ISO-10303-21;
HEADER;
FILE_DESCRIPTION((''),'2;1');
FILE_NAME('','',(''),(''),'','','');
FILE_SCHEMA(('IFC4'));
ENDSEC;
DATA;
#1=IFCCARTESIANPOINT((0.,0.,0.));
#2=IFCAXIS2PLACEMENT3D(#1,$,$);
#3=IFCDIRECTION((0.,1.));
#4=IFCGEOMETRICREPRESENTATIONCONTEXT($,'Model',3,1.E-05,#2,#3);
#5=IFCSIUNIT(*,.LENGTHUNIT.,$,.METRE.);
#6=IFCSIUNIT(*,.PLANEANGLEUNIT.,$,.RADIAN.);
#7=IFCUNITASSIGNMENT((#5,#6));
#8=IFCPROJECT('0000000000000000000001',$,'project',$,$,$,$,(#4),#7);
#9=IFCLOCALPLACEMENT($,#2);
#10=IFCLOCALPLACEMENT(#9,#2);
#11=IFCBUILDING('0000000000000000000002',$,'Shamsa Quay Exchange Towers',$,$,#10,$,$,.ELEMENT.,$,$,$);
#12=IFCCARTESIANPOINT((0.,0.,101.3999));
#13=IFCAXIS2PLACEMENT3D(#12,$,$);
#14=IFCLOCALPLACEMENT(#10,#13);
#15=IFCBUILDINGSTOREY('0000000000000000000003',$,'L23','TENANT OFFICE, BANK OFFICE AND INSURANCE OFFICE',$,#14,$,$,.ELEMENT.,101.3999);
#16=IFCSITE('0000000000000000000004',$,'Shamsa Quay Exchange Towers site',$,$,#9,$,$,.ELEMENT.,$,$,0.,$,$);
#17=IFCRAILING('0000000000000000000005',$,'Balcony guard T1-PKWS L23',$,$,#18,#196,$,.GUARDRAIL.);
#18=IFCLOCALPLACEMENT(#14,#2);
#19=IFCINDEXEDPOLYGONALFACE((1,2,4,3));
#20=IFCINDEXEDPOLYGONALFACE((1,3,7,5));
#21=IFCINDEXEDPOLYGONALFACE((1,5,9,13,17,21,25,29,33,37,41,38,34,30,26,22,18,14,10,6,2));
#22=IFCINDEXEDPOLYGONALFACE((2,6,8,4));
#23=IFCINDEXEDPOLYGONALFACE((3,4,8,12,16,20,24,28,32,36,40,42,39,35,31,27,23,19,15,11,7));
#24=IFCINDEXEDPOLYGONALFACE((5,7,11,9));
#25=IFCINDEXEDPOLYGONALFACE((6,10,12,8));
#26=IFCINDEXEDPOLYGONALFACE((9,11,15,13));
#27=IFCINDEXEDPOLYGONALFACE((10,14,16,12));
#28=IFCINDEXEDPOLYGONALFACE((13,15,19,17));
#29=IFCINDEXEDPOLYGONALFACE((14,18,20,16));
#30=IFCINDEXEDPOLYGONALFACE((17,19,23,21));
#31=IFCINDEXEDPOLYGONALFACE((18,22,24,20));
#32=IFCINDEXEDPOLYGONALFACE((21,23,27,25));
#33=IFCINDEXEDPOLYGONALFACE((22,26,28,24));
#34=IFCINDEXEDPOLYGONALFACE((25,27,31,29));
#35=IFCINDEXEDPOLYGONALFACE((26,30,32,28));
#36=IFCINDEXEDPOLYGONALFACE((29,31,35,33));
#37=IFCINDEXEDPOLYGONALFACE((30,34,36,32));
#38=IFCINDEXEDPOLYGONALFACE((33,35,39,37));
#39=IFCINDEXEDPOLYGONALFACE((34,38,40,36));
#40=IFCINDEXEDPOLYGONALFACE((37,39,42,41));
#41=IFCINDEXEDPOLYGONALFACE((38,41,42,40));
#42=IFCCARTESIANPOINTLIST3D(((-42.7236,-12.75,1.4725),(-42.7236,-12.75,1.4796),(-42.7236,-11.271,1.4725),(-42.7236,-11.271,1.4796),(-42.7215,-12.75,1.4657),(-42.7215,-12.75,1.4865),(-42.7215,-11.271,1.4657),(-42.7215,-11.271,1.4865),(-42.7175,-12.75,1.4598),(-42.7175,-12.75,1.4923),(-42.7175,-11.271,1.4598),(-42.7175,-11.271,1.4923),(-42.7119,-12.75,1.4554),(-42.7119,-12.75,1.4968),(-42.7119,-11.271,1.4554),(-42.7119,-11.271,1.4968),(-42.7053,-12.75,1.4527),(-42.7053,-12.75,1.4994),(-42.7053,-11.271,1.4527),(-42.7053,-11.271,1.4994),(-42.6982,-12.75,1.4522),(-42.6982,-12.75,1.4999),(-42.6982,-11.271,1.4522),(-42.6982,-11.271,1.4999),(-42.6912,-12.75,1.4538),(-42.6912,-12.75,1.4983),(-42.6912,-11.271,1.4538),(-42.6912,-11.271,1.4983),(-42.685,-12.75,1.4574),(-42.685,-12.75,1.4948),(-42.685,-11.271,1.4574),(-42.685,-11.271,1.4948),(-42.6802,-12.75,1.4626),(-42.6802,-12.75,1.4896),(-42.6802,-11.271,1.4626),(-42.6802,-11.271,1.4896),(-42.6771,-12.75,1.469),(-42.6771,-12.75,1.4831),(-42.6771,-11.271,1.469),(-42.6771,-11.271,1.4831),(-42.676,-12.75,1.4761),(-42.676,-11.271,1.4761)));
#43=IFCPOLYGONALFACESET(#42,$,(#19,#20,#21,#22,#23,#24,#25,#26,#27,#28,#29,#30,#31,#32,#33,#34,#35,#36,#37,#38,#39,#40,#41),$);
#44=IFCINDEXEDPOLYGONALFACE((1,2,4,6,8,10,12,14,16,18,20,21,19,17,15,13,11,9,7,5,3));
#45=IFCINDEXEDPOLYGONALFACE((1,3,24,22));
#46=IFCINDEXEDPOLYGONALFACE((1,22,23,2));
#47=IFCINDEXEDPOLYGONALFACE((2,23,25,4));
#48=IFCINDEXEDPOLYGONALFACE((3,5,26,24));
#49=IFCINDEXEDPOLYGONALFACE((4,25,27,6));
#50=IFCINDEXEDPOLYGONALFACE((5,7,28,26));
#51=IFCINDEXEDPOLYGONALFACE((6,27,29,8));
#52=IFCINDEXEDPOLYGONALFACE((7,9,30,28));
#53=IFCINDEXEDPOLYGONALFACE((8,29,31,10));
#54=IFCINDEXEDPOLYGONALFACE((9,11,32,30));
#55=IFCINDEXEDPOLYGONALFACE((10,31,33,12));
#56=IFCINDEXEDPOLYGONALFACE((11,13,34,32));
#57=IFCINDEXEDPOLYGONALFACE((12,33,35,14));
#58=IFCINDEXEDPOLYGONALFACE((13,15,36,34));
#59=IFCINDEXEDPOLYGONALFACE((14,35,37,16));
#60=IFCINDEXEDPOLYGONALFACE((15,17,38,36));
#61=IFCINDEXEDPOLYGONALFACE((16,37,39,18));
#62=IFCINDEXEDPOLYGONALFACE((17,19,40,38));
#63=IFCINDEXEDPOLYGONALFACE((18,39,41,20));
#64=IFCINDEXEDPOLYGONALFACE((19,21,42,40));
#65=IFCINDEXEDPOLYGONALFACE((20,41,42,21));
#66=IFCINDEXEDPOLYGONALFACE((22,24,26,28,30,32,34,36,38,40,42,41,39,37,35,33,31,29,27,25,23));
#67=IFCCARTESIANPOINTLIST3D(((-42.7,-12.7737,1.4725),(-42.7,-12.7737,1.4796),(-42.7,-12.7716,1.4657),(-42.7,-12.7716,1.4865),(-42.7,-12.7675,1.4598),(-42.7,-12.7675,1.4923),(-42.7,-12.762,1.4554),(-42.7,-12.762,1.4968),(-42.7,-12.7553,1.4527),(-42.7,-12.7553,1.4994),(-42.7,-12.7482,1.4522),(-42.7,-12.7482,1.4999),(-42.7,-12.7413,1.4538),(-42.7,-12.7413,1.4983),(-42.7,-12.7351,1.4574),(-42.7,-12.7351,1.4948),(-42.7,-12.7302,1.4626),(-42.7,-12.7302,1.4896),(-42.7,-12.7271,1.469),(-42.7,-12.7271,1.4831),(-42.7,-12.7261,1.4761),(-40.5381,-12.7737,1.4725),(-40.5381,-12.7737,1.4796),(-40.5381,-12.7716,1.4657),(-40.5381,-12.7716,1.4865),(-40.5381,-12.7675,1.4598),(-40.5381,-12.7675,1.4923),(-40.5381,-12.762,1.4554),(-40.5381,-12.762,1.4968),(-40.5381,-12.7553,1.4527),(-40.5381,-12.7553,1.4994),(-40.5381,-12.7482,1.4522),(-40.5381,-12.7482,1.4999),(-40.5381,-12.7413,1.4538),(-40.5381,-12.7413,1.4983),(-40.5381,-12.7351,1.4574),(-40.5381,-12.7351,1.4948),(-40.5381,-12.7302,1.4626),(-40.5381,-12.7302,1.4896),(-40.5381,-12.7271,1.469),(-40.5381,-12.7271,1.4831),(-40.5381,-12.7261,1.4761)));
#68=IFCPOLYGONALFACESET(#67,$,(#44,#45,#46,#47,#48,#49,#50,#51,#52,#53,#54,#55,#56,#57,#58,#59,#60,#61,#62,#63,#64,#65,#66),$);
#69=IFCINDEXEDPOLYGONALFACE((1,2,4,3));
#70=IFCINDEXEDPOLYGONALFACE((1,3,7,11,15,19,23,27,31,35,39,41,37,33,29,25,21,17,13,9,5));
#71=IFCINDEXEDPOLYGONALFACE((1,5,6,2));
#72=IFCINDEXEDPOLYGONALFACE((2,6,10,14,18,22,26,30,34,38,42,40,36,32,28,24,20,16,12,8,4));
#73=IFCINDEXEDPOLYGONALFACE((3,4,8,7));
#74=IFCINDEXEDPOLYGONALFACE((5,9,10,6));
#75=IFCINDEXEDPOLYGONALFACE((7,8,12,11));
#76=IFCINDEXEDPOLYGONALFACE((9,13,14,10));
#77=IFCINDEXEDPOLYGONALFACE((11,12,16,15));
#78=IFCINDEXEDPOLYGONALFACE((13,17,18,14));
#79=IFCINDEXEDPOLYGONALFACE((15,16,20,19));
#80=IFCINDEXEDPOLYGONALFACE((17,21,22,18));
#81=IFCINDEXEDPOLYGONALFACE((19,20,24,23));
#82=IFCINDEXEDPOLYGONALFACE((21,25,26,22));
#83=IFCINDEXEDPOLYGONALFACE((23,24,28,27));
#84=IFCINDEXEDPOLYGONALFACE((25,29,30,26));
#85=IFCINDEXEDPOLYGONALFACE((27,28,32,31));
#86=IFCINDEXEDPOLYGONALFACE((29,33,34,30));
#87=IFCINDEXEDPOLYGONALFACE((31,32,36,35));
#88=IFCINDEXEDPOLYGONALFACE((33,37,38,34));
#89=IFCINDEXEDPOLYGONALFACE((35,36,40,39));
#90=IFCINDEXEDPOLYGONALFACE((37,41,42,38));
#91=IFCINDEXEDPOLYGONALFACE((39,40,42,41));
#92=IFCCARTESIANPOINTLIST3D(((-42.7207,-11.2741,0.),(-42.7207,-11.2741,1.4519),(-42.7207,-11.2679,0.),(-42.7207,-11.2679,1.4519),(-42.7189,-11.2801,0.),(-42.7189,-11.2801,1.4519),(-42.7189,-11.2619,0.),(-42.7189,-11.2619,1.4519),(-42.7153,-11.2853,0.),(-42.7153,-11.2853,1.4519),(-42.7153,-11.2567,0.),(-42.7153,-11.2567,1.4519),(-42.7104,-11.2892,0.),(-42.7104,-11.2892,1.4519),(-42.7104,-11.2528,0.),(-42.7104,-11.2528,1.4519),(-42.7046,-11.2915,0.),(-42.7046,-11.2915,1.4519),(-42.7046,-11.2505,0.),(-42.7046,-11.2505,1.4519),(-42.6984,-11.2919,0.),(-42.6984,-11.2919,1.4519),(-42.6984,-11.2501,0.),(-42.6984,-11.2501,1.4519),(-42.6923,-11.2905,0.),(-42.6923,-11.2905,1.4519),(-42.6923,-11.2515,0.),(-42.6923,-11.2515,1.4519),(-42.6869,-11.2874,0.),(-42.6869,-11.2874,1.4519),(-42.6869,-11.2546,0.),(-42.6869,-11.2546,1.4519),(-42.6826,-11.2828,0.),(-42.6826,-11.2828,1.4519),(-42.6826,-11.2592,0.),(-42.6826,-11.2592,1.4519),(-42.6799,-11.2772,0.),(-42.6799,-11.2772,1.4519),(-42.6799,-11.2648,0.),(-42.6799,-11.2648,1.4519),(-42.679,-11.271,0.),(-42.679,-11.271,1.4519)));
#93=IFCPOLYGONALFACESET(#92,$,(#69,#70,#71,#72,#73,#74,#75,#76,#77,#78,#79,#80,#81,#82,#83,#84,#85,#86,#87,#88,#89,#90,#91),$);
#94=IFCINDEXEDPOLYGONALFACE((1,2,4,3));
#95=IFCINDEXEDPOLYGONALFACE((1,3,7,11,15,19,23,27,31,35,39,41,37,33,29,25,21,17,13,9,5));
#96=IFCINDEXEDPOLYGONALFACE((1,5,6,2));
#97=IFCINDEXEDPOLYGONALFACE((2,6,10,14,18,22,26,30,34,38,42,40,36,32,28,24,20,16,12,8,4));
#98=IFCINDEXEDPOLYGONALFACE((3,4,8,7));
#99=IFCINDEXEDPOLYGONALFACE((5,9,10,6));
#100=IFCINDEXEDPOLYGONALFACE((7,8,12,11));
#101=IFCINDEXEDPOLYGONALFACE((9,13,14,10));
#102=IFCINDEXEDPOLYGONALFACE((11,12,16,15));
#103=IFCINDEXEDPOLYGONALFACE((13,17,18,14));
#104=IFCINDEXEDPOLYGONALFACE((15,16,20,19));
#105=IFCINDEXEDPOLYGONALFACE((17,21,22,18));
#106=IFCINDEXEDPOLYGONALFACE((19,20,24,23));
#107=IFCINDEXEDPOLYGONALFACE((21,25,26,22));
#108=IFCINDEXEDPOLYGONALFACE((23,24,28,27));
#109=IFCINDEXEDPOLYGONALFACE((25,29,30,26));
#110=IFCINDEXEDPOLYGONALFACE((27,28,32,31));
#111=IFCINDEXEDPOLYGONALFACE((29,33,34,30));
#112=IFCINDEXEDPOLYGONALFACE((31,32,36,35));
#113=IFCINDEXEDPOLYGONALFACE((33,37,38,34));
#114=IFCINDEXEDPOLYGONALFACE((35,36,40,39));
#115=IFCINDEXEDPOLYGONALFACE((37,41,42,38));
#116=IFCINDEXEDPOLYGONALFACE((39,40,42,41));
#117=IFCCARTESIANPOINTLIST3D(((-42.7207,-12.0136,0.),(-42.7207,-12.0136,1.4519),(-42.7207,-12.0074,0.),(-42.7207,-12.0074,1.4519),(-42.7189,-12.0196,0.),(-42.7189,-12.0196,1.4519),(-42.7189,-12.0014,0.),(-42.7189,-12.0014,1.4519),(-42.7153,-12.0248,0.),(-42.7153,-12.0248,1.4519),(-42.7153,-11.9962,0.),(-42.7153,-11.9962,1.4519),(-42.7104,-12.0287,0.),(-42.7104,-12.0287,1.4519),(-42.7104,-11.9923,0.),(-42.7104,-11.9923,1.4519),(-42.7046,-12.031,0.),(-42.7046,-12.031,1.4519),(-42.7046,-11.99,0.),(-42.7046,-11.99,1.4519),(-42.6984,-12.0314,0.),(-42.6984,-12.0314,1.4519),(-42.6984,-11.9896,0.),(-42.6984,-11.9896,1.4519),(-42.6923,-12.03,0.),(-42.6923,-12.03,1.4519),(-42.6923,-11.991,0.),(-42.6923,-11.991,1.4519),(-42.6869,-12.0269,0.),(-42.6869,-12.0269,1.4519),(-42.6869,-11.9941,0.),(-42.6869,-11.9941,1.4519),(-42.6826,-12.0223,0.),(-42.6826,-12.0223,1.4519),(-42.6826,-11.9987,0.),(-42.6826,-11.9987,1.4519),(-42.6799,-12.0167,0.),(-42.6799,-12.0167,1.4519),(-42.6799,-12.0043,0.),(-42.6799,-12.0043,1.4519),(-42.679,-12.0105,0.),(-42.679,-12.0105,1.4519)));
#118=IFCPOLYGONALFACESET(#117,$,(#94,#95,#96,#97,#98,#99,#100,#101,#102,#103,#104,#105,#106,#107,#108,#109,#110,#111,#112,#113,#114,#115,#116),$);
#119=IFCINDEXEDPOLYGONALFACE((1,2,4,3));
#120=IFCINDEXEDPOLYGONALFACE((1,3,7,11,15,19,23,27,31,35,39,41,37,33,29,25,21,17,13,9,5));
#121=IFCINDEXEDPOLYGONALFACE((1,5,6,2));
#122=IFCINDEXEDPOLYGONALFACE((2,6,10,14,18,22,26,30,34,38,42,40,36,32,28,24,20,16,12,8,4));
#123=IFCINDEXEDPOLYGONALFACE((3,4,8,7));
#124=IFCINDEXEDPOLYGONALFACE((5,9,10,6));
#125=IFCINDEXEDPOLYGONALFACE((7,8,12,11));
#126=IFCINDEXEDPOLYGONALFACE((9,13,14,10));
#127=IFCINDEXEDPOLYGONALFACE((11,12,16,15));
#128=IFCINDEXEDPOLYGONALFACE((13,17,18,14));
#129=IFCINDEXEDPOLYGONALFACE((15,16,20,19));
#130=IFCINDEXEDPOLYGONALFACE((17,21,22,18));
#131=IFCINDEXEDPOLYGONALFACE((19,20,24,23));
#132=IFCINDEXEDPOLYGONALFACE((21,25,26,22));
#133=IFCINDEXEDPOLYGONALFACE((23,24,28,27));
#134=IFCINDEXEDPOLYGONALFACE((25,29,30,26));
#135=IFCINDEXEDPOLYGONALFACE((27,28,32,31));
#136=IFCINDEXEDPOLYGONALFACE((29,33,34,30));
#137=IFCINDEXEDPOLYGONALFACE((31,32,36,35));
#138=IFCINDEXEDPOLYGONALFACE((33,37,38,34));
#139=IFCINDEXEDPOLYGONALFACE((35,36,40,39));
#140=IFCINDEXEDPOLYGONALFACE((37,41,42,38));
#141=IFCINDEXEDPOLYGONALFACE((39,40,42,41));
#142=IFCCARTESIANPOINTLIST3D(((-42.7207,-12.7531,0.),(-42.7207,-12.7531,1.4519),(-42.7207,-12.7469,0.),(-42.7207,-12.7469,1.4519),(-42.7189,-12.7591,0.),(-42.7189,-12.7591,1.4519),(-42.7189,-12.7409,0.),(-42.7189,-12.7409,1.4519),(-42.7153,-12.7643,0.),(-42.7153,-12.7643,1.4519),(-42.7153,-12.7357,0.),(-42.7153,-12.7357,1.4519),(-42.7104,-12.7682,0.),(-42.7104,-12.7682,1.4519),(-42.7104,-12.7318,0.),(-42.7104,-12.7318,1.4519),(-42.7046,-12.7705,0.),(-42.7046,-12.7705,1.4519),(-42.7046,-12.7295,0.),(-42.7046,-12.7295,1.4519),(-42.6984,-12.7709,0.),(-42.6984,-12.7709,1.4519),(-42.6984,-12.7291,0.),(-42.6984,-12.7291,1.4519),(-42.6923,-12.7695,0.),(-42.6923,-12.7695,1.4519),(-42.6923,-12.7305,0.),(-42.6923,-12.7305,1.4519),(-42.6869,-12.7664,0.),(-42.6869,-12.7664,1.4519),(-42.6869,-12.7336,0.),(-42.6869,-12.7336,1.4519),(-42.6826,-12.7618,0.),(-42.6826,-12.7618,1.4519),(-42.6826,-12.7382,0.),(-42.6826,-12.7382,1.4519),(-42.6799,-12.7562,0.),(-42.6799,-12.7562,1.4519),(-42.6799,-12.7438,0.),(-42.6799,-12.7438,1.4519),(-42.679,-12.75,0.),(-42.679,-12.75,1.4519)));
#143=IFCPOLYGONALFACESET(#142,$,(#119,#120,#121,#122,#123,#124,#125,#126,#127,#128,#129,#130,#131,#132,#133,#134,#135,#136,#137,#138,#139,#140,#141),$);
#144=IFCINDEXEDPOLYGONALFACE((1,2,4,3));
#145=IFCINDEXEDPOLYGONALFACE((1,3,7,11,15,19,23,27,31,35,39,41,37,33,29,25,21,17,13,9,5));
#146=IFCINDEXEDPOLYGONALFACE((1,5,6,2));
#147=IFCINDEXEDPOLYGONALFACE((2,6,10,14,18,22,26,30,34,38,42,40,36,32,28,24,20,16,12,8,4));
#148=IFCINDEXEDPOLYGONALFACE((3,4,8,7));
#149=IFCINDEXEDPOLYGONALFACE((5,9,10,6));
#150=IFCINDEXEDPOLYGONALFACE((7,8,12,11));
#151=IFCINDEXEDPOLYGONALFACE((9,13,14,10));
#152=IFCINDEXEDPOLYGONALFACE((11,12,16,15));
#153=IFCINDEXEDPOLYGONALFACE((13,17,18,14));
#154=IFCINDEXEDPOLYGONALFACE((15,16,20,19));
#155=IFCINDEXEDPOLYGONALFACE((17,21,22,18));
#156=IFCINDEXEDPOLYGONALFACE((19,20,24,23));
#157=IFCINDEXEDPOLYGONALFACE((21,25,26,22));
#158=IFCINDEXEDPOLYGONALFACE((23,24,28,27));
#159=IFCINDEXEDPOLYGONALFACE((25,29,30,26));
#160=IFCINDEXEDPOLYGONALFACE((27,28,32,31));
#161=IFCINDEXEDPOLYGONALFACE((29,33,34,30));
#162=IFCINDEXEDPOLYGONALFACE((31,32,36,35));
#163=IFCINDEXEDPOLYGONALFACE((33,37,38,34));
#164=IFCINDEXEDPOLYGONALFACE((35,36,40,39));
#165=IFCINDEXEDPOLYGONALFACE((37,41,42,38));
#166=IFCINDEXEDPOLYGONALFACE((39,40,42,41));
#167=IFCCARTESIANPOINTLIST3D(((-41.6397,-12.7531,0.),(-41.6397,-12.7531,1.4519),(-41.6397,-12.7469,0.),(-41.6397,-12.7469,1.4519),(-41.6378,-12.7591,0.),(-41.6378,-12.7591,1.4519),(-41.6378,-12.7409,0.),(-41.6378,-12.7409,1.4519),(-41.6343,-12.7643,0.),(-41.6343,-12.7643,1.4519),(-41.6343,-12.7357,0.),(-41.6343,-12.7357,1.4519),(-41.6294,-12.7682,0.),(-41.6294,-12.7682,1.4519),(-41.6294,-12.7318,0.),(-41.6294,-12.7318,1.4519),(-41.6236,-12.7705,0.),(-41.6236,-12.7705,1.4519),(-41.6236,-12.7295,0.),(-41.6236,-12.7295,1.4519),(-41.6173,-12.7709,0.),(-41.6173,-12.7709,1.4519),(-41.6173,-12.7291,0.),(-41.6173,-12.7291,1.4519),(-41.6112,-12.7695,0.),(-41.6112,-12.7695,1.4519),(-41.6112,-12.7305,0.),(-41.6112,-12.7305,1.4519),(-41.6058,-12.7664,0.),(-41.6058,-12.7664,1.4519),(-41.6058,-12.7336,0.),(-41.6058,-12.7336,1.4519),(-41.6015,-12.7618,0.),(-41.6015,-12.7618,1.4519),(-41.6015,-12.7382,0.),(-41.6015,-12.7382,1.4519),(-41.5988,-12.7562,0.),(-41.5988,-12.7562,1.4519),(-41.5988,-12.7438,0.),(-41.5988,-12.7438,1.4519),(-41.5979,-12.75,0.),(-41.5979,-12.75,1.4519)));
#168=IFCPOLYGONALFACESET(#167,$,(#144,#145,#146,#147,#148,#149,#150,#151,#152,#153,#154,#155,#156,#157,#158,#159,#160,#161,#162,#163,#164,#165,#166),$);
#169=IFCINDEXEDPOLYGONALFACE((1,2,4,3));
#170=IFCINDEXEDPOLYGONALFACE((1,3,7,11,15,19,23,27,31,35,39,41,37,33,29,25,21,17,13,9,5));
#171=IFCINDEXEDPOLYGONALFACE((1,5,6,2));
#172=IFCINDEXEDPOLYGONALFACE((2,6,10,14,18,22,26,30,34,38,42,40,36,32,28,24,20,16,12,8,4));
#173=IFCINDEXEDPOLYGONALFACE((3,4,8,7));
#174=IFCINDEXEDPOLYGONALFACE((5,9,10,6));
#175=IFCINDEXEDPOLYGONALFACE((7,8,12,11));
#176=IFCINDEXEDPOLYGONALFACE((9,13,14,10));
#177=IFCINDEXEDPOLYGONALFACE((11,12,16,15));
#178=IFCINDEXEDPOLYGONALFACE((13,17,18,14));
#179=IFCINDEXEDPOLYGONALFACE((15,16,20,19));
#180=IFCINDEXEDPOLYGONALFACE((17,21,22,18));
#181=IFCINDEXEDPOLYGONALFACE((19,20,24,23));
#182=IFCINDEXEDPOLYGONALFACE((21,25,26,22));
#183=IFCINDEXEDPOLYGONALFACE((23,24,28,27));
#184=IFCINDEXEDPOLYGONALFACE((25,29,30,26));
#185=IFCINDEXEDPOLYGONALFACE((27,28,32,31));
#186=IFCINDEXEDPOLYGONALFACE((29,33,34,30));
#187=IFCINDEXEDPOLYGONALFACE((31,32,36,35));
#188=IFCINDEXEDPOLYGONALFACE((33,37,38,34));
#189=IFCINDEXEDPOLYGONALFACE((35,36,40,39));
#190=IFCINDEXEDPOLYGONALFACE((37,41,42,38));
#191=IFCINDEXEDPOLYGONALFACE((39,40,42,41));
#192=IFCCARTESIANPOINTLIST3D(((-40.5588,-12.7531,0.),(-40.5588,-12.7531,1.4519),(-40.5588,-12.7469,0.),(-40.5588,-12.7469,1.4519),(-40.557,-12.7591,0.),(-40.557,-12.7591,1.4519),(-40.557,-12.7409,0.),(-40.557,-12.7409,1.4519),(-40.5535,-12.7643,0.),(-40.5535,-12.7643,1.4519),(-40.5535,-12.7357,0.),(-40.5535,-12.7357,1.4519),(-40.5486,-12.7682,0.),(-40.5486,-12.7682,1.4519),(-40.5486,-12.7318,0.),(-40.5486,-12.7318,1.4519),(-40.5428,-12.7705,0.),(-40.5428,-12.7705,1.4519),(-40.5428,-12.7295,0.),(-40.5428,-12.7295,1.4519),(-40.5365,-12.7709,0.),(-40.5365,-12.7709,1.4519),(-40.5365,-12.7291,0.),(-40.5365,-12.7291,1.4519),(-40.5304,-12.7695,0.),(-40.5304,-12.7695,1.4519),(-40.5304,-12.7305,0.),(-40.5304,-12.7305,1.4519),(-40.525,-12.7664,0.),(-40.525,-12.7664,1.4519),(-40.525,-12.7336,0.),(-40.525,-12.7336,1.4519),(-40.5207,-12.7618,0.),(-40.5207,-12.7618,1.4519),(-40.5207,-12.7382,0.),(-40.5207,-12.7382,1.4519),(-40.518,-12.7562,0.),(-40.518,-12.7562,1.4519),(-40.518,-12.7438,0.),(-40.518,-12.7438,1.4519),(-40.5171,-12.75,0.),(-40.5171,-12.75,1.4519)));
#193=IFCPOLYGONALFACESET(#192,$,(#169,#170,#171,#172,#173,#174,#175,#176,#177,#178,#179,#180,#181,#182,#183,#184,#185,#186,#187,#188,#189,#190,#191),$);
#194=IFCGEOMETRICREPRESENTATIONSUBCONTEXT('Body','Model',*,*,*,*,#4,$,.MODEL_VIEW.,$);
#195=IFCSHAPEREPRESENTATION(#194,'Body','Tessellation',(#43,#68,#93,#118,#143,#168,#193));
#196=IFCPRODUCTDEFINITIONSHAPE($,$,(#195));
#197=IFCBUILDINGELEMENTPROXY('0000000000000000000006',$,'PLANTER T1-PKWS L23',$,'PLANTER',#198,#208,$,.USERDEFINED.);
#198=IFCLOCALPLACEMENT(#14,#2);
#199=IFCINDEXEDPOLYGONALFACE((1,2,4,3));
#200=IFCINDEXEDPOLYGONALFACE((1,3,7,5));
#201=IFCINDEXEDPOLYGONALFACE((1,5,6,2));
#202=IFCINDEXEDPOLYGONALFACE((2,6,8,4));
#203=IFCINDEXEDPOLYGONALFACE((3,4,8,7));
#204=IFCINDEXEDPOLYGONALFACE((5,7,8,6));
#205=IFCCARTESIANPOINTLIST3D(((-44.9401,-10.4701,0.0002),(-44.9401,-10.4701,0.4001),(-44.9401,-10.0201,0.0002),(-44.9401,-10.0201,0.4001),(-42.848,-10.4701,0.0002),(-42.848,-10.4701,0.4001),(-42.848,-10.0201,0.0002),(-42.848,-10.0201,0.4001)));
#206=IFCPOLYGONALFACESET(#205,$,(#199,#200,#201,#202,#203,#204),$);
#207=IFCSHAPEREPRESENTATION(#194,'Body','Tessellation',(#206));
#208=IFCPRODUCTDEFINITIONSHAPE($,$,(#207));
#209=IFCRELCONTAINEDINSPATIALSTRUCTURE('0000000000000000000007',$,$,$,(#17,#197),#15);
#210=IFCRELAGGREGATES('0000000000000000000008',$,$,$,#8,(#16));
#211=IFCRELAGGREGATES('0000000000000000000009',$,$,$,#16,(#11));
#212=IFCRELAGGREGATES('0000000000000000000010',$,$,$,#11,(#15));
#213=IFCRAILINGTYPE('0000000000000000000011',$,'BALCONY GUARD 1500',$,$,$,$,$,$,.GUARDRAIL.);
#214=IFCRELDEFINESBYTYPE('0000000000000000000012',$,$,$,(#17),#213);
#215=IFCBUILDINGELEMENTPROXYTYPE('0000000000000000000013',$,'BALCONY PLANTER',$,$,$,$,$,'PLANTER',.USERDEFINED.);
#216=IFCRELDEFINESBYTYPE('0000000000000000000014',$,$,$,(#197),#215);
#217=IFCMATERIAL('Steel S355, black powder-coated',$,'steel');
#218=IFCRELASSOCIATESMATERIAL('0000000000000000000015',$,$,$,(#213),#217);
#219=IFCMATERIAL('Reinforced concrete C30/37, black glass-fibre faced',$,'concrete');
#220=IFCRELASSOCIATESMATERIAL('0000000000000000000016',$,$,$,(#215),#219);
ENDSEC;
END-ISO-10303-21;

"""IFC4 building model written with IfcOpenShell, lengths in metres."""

from ifc_helpers import new_model, si_unit, direction, frame, origin, origin_2d, place, context, subcontext, project, spatial, rectangle, circle, extrude, material, type_object, element, save


model = new_model("IFC4")

# Units and contexts
model_context = context("Model", 3, precision=1e-05, world=origin(), true_north=direction((0.0, 1.0)))
body_context = subcontext(model_context, "Body", "Model", "MODEL_VIEW")
ifc_project = project(units=[si_unit("LENGTHUNIT", "METRE"), si_unit("PLANEANGLEUNIT", "RADIAN")], contexts=[model_context])

# Site, building, storey
site_placement = place(None, origin())
site = spatial("IfcSite", under=ifc_project, at=site_placement, Name="Shamsa Quay Exchange Towers site", CompositionType="ELEMENT", RefElevation=0.0)
building_placement = place(site_placement, origin())
building = spatial("IfcBuilding", under=site, at=building_placement, Name="Shamsa Quay Exchange Towers", CompositionType="ELEMENT")
storey_placement = place(building_placement, frame((0.0, 0.0, 101.3999)))
storey = spatial("IfcBuildingStorey", under=building, at=storey_placement, Name="L23", Description="TENANT OFFICE, BANK OFFICE AND INSURANCE OFFICE", CompositionType="ELEMENT", Elevation=101.3999)

# Railing
ifc_material_1 = material(Name="Steel S355, black powder-coated", Category="steel")
railing_type_1 = type_object("IfcRailingType", Name="BALCONY GUARD 1500", PredefinedType="GUARDRAIL", material=ifc_material_1)
for number, where, name in (
    (1, (-42.7, -11.271, 0.0), "Balcony guard T1-PKWS L23"),
):
    element("IfcRailing", number, at=place(storey_placement, frame(where)), inside=storey, type_object=railing_type_1, Name=name, PredefinedType="GUARDRAIL", context=body_context, shape_type="SweptSolid", body=[
        extrude(circle(Radius=0.0239, at=origin_2d()), frame((0.0, 0.0, 1.4761), z_axis=(0.0, -1.0, 0.0), x_axis=(1.0, 0.0, 0.0)), (0.0, 0.0, 1.0), 1.479),
        extrude(circle(Radius=0.0239, at=origin_2d()), frame((0.0, -1.479, 1.4761), z_axis=(1.0, 0.0, 0.0), x_axis=(0.0, 1.0, 0.0)), (0.0, 0.0, 1.0), 2.1619),
        extrude(circle(Radius=0.021, at=origin_2d()), origin(), (0.0, 0.0, 1.0), 1.4519),
        extrude(circle(Radius=0.021, at=origin_2d()), frame((0.0, -0.7395, 0.0)), (0.0, 0.0, 1.0), 1.4519),
        extrude(circle(Radius=0.021, at=origin_2d()), frame((0.0, -1.479, 0.0)), (0.0, 0.0, 1.0), 1.4519),
        extrude(circle(Radius=0.021, at=origin_2d()), frame((1.0811, -1.479, 0.0)), (0.0, 0.0, 1.0), 1.4519),
        extrude(circle(Radius=0.021, at=origin_2d()), frame((2.1619, -1.479, 0.0)), (0.0, 0.0, 1.0), 1.4519),
    ])

# Building element proxy
ifc_material_2 = material(Name="Reinforced concrete C30/37, black glass-fibre faced", Category="concrete")
building_element_proxy_type = type_object("IfcBuildingElementProxyType", Name="BALCONY PLANTER", ElementType="PLANTER", PredefinedType="USERDEFINED", material=ifc_material_2)
proxy_placement = place(storey_placement, frame((-43.894, -10.2451, 0.0002)))
element("IfcBuildingElementProxy", 2, at=proxy_placement, inside=storey, type_object=building_element_proxy_type, Name="PLANTER T1-PKWS L23", ObjectType="PLANTER", PredefinedType="USERDEFINED", context=body_context, shape_type="SweptSolid", body=[
    extrude(rectangle(XDim=2.092, YDim=0.45, at=origin_2d()), origin(), (0.0, 0.0, 1.0), 0.3999),
])

save(model, "model.ifc")
